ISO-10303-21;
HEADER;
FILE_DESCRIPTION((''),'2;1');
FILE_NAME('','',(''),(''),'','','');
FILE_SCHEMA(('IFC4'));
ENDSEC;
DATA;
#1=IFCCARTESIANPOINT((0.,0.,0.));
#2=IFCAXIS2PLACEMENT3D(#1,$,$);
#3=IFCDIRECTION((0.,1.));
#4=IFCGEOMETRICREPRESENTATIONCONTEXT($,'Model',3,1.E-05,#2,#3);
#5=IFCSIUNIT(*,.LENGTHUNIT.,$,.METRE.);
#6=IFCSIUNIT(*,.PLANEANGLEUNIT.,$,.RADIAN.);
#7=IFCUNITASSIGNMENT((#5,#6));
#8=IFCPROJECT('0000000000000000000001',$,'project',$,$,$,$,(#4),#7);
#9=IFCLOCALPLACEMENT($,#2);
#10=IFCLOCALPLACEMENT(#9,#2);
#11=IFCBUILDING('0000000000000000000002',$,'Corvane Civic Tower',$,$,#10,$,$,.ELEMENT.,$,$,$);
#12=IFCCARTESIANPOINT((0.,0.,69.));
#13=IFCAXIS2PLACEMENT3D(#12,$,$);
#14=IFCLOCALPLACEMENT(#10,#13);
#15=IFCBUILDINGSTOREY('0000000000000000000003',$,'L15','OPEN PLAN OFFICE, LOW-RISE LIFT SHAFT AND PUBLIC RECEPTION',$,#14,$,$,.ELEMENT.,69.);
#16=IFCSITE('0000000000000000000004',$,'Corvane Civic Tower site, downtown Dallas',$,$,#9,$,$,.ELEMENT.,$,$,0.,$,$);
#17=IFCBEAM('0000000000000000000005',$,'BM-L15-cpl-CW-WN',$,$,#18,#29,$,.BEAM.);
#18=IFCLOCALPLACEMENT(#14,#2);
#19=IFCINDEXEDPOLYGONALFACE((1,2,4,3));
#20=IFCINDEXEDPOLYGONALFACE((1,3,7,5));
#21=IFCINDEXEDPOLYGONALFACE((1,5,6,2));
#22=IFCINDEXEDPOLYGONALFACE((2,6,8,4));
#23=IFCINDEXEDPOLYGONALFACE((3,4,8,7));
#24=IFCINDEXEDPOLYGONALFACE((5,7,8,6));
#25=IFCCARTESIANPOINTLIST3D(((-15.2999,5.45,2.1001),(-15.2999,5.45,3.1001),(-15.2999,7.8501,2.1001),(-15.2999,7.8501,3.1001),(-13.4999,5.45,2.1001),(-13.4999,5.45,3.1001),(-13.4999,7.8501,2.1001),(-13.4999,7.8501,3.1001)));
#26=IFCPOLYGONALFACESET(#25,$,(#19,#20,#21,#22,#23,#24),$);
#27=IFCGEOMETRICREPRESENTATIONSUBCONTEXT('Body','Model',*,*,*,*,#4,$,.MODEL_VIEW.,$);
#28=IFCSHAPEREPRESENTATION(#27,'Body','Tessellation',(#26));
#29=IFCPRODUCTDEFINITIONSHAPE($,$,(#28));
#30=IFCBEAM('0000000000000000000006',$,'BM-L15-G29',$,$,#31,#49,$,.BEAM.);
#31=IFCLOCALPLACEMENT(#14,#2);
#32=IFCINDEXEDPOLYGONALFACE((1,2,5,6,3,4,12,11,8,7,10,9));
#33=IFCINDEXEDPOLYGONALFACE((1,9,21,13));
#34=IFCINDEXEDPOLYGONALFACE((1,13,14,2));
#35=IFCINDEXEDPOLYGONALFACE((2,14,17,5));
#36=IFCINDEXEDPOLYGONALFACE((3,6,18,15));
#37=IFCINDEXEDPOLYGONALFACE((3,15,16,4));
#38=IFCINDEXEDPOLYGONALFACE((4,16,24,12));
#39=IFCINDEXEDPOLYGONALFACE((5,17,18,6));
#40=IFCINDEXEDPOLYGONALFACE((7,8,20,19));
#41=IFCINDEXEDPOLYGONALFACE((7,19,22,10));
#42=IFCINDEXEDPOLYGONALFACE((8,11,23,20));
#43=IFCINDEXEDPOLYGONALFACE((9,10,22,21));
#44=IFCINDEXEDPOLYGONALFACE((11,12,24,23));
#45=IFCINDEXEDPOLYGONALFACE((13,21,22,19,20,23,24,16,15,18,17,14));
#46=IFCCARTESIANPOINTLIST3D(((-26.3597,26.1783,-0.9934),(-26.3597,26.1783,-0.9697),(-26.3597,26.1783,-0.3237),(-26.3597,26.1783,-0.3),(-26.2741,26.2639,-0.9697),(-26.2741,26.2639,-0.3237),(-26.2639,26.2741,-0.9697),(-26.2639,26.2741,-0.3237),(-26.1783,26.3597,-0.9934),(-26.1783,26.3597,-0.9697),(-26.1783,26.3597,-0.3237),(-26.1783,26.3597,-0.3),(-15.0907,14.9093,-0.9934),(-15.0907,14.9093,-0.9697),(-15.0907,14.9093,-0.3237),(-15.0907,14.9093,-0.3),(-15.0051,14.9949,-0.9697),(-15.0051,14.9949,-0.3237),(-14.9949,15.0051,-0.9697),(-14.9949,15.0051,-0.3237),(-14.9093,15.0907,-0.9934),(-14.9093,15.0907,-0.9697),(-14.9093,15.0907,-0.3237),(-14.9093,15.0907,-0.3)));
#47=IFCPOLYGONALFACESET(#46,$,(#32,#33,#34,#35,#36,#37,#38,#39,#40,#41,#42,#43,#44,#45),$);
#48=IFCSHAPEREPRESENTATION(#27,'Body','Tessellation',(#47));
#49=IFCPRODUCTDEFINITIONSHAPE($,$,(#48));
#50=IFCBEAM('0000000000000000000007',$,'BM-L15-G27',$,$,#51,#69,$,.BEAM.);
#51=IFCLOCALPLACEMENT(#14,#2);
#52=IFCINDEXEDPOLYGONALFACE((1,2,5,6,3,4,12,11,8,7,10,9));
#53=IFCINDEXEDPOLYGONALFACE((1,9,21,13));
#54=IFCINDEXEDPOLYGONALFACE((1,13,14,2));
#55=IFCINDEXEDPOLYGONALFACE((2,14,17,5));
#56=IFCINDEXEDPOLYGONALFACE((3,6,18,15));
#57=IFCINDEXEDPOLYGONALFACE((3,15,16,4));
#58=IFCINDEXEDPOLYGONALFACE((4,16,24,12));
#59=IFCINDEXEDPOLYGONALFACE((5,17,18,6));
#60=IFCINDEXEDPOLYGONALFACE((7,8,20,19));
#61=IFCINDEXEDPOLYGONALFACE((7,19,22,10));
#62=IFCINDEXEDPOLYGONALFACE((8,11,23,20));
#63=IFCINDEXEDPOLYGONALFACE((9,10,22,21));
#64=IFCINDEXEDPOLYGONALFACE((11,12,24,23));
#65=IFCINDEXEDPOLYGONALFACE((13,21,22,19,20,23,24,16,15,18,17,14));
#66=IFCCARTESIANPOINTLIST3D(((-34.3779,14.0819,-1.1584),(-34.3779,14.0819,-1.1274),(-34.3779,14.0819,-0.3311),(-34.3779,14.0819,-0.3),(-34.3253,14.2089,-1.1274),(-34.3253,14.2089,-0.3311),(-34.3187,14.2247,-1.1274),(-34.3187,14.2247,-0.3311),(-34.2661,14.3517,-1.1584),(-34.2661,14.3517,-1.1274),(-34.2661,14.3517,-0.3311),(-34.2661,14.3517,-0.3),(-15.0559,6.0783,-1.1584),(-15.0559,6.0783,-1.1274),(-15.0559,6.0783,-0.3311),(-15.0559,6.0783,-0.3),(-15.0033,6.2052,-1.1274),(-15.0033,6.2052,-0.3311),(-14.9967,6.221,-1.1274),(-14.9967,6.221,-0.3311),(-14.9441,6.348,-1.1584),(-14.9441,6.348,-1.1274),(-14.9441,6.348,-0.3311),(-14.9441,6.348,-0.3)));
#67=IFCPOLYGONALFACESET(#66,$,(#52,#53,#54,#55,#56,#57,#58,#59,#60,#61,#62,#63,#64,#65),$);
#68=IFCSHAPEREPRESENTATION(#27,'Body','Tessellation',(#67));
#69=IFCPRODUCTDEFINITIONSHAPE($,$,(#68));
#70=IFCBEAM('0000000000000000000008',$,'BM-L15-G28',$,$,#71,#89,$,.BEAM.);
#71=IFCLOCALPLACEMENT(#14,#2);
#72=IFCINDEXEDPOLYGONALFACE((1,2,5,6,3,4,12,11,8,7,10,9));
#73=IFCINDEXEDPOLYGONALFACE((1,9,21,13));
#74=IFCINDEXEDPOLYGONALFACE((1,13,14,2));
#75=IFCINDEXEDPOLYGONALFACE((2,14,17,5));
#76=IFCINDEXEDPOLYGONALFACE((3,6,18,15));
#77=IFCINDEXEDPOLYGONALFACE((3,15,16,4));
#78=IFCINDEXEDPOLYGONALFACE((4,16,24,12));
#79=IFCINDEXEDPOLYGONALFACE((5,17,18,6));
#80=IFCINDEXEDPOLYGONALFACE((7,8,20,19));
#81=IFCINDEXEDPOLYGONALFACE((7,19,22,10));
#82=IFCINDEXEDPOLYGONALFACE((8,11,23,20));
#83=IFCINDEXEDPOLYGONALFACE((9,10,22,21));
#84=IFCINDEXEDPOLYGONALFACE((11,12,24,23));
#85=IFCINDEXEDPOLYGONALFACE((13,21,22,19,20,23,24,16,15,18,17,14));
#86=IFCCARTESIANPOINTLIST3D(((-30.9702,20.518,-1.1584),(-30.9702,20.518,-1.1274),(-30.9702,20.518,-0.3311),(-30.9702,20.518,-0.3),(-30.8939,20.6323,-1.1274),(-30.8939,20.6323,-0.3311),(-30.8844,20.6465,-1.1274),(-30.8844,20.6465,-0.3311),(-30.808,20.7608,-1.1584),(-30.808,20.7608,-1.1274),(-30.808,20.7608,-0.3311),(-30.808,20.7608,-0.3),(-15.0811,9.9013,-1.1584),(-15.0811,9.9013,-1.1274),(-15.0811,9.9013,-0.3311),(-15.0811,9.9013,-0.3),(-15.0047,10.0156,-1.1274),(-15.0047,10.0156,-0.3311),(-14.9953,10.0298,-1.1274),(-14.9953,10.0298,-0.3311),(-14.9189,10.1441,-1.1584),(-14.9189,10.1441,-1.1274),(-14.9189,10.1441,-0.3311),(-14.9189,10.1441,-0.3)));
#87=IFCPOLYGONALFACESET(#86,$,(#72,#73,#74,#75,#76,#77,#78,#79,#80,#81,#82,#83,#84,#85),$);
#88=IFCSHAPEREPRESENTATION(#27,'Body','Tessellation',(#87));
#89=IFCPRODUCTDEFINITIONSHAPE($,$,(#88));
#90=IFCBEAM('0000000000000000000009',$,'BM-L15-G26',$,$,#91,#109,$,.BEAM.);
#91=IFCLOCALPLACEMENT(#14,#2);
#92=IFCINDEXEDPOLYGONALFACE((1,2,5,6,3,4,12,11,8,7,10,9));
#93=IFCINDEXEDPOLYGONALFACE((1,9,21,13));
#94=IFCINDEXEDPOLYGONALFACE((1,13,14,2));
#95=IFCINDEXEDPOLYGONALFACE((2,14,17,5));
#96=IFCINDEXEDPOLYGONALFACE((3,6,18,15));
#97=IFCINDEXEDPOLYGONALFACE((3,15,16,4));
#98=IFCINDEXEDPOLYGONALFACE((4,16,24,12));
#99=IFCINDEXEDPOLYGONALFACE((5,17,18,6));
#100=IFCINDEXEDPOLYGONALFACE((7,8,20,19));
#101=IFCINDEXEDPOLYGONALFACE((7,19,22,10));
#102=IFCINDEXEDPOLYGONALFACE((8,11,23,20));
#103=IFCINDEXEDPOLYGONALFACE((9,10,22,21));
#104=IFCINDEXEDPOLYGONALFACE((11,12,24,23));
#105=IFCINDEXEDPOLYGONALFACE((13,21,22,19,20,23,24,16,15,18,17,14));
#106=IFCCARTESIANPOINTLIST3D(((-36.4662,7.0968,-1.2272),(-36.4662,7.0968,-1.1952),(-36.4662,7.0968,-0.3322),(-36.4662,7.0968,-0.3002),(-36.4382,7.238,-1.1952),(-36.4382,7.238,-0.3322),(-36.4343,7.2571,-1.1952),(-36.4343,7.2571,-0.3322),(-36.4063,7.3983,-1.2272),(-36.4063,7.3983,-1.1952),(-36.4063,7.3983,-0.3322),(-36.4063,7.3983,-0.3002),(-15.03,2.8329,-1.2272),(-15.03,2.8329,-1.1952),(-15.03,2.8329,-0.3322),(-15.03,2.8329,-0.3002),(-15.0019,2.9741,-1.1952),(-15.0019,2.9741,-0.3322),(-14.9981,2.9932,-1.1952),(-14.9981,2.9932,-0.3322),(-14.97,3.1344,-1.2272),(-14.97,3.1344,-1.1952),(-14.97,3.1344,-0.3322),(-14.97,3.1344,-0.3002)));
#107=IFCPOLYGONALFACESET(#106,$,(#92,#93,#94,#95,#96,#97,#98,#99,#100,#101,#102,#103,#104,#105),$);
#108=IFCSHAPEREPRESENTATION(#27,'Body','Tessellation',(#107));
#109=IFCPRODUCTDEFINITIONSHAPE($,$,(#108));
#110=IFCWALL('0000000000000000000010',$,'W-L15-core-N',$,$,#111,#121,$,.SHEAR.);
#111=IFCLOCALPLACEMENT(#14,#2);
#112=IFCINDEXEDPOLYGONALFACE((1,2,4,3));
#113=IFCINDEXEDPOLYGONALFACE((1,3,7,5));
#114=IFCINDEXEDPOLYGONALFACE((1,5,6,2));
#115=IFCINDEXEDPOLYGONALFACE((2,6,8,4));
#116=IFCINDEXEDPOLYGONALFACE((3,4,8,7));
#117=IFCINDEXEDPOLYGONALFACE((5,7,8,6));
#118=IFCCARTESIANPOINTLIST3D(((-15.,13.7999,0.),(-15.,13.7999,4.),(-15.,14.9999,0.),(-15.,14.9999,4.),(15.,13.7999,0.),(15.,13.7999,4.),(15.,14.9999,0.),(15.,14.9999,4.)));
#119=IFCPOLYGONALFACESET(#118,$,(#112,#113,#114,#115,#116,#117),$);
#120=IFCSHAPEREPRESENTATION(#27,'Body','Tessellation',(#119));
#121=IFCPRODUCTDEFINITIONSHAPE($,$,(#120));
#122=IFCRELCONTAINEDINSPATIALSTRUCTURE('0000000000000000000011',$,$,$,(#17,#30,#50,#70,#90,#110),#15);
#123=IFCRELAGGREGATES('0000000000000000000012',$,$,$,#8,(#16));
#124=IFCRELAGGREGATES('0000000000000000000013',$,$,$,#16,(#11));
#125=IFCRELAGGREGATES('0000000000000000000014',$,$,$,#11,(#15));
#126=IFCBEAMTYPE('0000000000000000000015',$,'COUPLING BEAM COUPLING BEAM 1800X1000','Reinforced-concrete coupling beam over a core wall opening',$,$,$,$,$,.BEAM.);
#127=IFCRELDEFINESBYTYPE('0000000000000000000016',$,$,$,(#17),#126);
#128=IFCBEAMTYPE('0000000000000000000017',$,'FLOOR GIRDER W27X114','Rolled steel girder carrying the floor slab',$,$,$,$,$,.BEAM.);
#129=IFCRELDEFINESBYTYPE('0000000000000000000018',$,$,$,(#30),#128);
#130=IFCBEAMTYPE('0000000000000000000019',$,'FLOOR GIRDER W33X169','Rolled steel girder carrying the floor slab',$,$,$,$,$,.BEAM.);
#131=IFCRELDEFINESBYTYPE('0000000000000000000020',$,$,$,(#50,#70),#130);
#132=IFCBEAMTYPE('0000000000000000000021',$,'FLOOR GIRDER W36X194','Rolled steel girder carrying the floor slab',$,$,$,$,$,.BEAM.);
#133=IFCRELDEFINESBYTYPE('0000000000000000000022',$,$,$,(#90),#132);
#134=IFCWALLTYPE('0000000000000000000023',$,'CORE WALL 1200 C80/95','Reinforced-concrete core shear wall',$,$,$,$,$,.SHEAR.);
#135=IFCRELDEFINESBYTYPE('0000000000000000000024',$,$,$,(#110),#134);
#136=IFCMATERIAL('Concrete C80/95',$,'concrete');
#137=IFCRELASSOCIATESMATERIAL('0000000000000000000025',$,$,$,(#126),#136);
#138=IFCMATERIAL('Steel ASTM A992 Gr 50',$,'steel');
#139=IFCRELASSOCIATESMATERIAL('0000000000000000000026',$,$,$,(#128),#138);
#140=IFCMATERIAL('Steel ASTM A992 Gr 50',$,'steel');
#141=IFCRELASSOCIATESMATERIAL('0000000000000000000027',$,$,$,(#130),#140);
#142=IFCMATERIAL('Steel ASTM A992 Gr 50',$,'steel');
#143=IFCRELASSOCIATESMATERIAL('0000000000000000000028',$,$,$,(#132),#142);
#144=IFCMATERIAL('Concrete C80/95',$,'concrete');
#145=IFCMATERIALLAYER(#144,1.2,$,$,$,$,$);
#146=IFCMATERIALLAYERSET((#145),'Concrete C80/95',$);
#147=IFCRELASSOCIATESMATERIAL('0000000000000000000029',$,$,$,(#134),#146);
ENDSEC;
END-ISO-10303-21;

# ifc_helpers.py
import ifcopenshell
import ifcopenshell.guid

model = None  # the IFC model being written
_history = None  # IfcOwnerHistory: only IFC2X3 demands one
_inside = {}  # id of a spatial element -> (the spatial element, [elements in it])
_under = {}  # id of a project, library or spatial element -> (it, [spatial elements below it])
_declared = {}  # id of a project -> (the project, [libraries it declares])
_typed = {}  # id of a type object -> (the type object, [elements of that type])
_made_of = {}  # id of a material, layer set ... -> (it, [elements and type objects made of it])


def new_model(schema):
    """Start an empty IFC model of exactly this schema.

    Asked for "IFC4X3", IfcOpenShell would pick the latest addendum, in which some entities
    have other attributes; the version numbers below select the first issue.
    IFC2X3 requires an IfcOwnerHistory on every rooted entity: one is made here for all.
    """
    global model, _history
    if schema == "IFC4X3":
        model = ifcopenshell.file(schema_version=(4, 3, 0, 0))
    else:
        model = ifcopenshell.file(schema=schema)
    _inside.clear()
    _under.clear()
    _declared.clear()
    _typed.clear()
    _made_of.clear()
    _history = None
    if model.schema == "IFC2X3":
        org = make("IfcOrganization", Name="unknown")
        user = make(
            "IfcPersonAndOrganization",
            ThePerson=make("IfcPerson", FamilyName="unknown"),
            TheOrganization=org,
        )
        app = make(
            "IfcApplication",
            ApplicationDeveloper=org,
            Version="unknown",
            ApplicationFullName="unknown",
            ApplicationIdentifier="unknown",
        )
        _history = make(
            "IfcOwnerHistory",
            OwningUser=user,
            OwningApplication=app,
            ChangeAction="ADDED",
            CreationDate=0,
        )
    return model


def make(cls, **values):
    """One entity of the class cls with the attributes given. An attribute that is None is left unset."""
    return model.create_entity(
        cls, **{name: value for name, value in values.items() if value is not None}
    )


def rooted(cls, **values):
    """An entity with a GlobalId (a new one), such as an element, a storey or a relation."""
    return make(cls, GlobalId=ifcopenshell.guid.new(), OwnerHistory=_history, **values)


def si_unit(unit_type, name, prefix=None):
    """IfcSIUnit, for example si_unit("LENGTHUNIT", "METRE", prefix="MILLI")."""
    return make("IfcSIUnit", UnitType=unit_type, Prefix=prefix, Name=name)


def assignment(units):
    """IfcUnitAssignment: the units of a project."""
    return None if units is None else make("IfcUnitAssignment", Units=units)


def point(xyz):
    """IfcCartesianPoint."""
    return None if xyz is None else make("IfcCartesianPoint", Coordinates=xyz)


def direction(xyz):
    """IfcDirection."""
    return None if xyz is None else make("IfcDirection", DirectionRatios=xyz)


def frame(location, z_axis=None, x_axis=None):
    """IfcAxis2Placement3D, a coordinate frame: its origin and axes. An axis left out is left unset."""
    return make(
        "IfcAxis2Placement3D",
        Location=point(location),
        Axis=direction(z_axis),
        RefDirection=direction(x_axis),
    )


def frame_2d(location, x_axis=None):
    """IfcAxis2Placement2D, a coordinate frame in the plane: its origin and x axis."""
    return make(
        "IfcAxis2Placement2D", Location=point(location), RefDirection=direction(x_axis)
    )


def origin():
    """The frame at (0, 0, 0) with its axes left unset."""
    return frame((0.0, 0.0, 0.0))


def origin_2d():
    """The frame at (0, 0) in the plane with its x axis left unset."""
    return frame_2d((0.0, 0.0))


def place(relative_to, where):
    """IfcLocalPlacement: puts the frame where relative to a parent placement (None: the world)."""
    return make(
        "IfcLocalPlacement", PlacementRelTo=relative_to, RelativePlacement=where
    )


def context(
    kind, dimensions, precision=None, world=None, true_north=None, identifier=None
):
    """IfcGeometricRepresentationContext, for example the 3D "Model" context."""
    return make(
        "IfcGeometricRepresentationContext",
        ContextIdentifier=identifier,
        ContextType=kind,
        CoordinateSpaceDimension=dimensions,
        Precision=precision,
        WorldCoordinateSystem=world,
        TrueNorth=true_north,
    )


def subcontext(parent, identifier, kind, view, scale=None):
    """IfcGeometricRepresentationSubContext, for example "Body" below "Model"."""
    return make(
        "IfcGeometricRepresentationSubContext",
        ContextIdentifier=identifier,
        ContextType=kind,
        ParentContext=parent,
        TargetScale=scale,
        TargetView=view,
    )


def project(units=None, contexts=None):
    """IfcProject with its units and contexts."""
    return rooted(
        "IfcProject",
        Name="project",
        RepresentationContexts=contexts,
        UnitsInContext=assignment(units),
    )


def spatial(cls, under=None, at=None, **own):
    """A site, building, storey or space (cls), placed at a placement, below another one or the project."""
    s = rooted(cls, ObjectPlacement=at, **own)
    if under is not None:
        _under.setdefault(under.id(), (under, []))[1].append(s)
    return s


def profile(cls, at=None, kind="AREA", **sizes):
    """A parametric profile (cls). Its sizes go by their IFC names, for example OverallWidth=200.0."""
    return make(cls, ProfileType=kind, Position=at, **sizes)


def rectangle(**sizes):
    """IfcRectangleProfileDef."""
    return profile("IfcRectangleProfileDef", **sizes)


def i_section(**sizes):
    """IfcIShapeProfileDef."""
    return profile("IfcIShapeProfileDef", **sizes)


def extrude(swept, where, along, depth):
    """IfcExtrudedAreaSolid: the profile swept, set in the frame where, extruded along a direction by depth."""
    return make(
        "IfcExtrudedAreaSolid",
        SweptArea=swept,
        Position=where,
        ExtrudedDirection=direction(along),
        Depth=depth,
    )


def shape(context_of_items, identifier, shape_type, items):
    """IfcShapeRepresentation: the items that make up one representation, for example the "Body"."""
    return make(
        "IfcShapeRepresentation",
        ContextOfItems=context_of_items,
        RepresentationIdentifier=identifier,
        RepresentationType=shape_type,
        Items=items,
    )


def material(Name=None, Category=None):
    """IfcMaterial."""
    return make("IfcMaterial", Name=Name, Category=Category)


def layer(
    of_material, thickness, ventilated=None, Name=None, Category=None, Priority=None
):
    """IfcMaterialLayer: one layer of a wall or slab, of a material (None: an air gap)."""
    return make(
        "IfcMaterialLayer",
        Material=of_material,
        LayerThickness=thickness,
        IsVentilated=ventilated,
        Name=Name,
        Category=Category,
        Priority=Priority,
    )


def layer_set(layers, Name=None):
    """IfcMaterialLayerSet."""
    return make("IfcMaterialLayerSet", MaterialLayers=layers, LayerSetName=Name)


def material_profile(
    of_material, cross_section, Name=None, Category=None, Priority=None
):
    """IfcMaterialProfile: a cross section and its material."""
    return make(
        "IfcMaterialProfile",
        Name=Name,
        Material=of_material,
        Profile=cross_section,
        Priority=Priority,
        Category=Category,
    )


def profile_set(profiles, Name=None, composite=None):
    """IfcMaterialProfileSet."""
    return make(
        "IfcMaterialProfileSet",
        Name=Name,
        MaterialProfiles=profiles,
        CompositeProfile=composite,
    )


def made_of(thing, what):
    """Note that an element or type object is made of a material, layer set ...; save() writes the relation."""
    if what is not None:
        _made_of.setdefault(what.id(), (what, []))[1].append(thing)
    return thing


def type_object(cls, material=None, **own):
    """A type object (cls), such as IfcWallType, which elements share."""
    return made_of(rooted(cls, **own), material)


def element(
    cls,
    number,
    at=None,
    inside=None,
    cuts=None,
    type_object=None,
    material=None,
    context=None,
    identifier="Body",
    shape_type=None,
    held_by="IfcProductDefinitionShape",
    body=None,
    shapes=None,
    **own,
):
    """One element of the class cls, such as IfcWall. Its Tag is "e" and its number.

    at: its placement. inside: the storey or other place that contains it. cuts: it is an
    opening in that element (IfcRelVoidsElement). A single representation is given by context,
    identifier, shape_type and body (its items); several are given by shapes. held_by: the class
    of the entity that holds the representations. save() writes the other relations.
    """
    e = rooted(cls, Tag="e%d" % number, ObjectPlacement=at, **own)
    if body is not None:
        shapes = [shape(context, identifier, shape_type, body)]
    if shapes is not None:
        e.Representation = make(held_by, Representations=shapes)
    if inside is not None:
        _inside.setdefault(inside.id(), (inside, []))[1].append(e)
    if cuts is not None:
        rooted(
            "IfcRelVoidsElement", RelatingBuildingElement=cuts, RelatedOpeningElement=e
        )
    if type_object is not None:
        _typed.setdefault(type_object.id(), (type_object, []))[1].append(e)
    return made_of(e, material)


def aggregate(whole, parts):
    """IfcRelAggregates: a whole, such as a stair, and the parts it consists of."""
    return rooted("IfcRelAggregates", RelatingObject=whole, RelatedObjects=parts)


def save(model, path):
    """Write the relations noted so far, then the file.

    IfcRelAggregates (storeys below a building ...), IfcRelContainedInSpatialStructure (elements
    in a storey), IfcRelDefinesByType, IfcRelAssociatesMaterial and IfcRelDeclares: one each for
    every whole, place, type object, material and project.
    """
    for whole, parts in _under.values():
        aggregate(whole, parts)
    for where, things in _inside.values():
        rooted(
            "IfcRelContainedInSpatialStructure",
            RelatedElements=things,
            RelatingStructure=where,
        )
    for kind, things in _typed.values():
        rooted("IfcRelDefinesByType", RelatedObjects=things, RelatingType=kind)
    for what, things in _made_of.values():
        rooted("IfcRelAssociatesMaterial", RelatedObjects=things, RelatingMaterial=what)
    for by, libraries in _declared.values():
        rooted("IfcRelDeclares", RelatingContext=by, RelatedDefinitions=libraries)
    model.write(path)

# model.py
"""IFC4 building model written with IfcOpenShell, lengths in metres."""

from ifc_helpers import new_model, si_unit, direction, frame, frame_2d, origin, origin_2d, place, context, subcontext, project, spatial, rectangle, i_section, extrude, material, layer, layer_set, material_profile, profile_set, type_object, element, save


model = new_model("IFC4")

# Units and contexts
model_context = context("Model", 3, precision=1e-05, world=origin(), true_north=direction((0.0, 1.0)))
body_context = subcontext(model_context, "Body", "Model", "MODEL_VIEW")
ifc_project = project(units=[si_unit("LENGTHUNIT", "METRE"), si_unit("PLANEANGLEUNIT", "RADIAN")], contexts=[model_context])

# Site, building, storey
site_placement = place(None, origin())
site = spatial("IfcSite", under=ifc_project, at=site_placement, Name="Corvane Civic Tower site, downtown Dallas", CompositionType="ELEMENT", RefElevation=0.0)
building_placement = place(site_placement, origin())
building = spatial("IfcBuilding", under=site, at=building_placement, Name="Corvane Civic Tower", CompositionType="ELEMENT")
storey_placement = place(building_placement, frame((0.0, 0.0, 69.0)))
storey = spatial("IfcBuildingStorey", under=building, at=storey_placement, Name="L15", Description="OPEN PLAN OFFICE, LOW-RISE LIFT SHAFT AND PUBLIC RECEPTION", CompositionType="ELEMENT", Elevation=69.0)

# Beams
ifc_material_1 = material(Name="Concrete C80/95", Category="concrete")
ifc_material_profile_1 = material_profile(ifc_material_1, rectangle(XDim=1.8, YDim=1.0, at=origin_2d()), Name="COUPLING BEAM 1800X1000")
ifc_profile_set_1 = profile_set([ifc_material_profile_1], Name="Concrete C80/95")
beam_type_1 = type_object("IfcBeamType", Name="COUPLING BEAM COUPLING BEAM 1800X1000", Description="Reinforced-concrete coupling beam over a core wall opening", PredefinedType="BEAM", material=ifc_profile_set_1)
beam_1_placement = place(storey_placement, frame((-14.3999, 5.45, 2.6001), z_axis=(0.0, 1.0, 0.0), x_axis=(-1.0, 0.0, 0.0)))
element("IfcBeam", 1, at=beam_1_placement, inside=storey, type_object=beam_type_1, Name="BM-L15-cpl-CW-WN", PredefinedType="BEAM", context=body_context, shape_type="SweptSolid", body=[
    extrude(rectangle(XDim=1.8, YDim=1.0, at=origin_2d()), origin(), (0.0, 0.0, 1.0), 2.4001),
])
ifc_material_2 = material(Name="Steel ASTM A992 Gr 50", Category="steel")
ifc_material_profile_2 = material_profile(ifc_material_2, i_section(OverallWidth=0.2566, OverallDepth=0.6934, WebThickness=0.0144, FlangeThickness=0.0237, at=origin_2d()), Name="W27X114")
ifc_profile_set_2 = profile_set([ifc_material_profile_2], Name="Steel ASTM A992 Gr 50")
beam_type_2 = type_object("IfcBeamType", Name="FLOOR GIRDER W27X114", Description="Rolled steel girder carrying the floor slab", PredefinedType="BEAM", material=ifc_profile_set_2)
beam_2_placement = place(storey_placement, frame((-15.0, 15.0, -0.6467), z_axis=(-0.707107, 0.707107, 0.0), x_axis=(-0.707107, -0.707107, 0.0)))
element("IfcBeam", 2, at=beam_2_placement, inside=storey, type_object=beam_type_2, Name="BM-L15-G29", PredefinedType="BEAM", context=body_context, shape_type="SweptSolid", body=[
    extrude(i_section(OverallWidth=0.2566, OverallDepth=0.6934, WebThickness=0.0144, FlangeThickness=0.0237, at=origin_2d()), origin(), (0.0, 0.0, 1.0), 15.9368),
])
ifc_material_3 = material(Name="Steel ASTM A992 Gr 50", Category="steel")
ifc_material_profile_3 = material_profile(ifc_material_3, i_section(OverallWidth=0.292, OverallDepth=0.8584, WebThickness=0.0171, FlangeThickness=0.031, at=origin_2d()), Name="W33X169")
ifc_profile_set_3 = profile_set([ifc_material_profile_3], Name="Steel ASTM A992 Gr 50")
beam_type_3 = type_object("IfcBeamType", Name="FLOOR GIRDER W33X169", Description="Rolled steel girder carrying the floor slab", PredefinedType="BEAM", material=ifc_profile_set_3)
beam_3_placement = place(storey_placement, frame((-15.0, 6.2131, -0.7292), z_axis=(-0.923876, 0.382692, 0.0), x_axis=(-0.382692, -0.923876, 0.0)))
element("IfcBeam", 3, at=beam_3_placement, inside=storey, type_object=beam_type_3, Name="BM-L15-G27", PredefinedType="BEAM", context=body_context, shape_type="SweptSolid", body=[
    extrude(i_section(OverallWidth=0.292, OverallDepth=0.8584, WebThickness=0.0171, FlangeThickness=0.031, at=origin_2d()), origin(), (0.0, 0.0, 1.0), 20.9141),
])
beam_4_placement = place(storey_placement, frame((-15.0, 10.0227, -0.7292), z_axis=(-0.831472, 0.555567, 0.0), x_axis=(-0.555567, -0.831472, 0.0)))
element("IfcBeam", 4, at=beam_4_placement, inside=storey, type_object=beam_type_3, Name="BM-L15-G28", PredefinedType="BEAM", context=body_context, shape_type="SweptSolid", body=[
    extrude(i_section(OverallWidth=0.292, OverallDepth=0.8584, WebThickness=0.0171, FlangeThickness=0.031, at=origin_2d()), origin(), (0.0, 0.0, 1.0), 19.1096),
])
ifc_material_4 = material(Name="Steel ASTM A992 Gr 50", Category="steel")
ifc_material_profile_4 = material_profile(ifc_material_4, i_section(OverallWidth=0.3074, OverallDepth=0.927, WebThickness=0.0195, FlangeThickness=0.032, at=origin_2d()), Name="W36X194")
ifc_profile_set_4 = profile_set([ifc_material_profile_4], Name="Steel ASTM A992 Gr 50")
beam_type_4 = type_object("IfcBeamType", Name="FLOOR GIRDER W36X194", Description="Rolled steel girder carrying the floor slab", PredefinedType="BEAM", material=ifc_profile_set_4)
beam_5_placement = place(storey_placement, frame((-15.0, 2.9836, -0.7637), z_axis=(-0.980785, 0.195089, 0.0), x_axis=(-0.195089, -0.980785, 0.0)))
element("IfcBeam", 5, at=beam_5_placement, inside=storey, type_object=beam_type_4, Name="BM-L15-G26", PredefinedType="BEAM", context=body_context, shape_type="SweptSolid", body=[
    extrude(i_section(OverallWidth=0.3074, OverallDepth=0.927, WebThickness=0.0195, FlangeThickness=0.032, at=origin_2d()), origin(), (0.0, 0.0, 1.0), 21.8562),
])

# Wall
ifc_material_5 = material(Name="Concrete C80/95", Category="concrete")
ifc_layer_1 = layer(ifc_material_5, 1.2)
ifc_layer_set_1 = layer_set([ifc_layer_1], Name="Concrete C80/95")
wall_type_1 = type_object("IfcWallType", Name="CORE WALL 1200 C80/95", Description="Reinforced-concrete core shear wall", PredefinedType="SHEAR", material=ifc_layer_set_1)
wall_1_placement = place(storey_placement, frame((-15.0, 14.3999, 0.0), z_axis=(0.0, 0.0, 1.0), x_axis=(1.0, 0.0, 0.0)))
element("IfcWall", 6, at=wall_1_placement, inside=storey, type_object=wall_type_1, Name="W-L15-core-N", PredefinedType="SHEAR", context=body_context, shape_type="SweptSolid", body=[
    extrude(rectangle(XDim=30.0, YDim=1.2, at=frame_2d((15.0, 0.0))), origin(), (0.0, 0.0, 1.0), 4.0),
])

save(model, "model.ifc")
